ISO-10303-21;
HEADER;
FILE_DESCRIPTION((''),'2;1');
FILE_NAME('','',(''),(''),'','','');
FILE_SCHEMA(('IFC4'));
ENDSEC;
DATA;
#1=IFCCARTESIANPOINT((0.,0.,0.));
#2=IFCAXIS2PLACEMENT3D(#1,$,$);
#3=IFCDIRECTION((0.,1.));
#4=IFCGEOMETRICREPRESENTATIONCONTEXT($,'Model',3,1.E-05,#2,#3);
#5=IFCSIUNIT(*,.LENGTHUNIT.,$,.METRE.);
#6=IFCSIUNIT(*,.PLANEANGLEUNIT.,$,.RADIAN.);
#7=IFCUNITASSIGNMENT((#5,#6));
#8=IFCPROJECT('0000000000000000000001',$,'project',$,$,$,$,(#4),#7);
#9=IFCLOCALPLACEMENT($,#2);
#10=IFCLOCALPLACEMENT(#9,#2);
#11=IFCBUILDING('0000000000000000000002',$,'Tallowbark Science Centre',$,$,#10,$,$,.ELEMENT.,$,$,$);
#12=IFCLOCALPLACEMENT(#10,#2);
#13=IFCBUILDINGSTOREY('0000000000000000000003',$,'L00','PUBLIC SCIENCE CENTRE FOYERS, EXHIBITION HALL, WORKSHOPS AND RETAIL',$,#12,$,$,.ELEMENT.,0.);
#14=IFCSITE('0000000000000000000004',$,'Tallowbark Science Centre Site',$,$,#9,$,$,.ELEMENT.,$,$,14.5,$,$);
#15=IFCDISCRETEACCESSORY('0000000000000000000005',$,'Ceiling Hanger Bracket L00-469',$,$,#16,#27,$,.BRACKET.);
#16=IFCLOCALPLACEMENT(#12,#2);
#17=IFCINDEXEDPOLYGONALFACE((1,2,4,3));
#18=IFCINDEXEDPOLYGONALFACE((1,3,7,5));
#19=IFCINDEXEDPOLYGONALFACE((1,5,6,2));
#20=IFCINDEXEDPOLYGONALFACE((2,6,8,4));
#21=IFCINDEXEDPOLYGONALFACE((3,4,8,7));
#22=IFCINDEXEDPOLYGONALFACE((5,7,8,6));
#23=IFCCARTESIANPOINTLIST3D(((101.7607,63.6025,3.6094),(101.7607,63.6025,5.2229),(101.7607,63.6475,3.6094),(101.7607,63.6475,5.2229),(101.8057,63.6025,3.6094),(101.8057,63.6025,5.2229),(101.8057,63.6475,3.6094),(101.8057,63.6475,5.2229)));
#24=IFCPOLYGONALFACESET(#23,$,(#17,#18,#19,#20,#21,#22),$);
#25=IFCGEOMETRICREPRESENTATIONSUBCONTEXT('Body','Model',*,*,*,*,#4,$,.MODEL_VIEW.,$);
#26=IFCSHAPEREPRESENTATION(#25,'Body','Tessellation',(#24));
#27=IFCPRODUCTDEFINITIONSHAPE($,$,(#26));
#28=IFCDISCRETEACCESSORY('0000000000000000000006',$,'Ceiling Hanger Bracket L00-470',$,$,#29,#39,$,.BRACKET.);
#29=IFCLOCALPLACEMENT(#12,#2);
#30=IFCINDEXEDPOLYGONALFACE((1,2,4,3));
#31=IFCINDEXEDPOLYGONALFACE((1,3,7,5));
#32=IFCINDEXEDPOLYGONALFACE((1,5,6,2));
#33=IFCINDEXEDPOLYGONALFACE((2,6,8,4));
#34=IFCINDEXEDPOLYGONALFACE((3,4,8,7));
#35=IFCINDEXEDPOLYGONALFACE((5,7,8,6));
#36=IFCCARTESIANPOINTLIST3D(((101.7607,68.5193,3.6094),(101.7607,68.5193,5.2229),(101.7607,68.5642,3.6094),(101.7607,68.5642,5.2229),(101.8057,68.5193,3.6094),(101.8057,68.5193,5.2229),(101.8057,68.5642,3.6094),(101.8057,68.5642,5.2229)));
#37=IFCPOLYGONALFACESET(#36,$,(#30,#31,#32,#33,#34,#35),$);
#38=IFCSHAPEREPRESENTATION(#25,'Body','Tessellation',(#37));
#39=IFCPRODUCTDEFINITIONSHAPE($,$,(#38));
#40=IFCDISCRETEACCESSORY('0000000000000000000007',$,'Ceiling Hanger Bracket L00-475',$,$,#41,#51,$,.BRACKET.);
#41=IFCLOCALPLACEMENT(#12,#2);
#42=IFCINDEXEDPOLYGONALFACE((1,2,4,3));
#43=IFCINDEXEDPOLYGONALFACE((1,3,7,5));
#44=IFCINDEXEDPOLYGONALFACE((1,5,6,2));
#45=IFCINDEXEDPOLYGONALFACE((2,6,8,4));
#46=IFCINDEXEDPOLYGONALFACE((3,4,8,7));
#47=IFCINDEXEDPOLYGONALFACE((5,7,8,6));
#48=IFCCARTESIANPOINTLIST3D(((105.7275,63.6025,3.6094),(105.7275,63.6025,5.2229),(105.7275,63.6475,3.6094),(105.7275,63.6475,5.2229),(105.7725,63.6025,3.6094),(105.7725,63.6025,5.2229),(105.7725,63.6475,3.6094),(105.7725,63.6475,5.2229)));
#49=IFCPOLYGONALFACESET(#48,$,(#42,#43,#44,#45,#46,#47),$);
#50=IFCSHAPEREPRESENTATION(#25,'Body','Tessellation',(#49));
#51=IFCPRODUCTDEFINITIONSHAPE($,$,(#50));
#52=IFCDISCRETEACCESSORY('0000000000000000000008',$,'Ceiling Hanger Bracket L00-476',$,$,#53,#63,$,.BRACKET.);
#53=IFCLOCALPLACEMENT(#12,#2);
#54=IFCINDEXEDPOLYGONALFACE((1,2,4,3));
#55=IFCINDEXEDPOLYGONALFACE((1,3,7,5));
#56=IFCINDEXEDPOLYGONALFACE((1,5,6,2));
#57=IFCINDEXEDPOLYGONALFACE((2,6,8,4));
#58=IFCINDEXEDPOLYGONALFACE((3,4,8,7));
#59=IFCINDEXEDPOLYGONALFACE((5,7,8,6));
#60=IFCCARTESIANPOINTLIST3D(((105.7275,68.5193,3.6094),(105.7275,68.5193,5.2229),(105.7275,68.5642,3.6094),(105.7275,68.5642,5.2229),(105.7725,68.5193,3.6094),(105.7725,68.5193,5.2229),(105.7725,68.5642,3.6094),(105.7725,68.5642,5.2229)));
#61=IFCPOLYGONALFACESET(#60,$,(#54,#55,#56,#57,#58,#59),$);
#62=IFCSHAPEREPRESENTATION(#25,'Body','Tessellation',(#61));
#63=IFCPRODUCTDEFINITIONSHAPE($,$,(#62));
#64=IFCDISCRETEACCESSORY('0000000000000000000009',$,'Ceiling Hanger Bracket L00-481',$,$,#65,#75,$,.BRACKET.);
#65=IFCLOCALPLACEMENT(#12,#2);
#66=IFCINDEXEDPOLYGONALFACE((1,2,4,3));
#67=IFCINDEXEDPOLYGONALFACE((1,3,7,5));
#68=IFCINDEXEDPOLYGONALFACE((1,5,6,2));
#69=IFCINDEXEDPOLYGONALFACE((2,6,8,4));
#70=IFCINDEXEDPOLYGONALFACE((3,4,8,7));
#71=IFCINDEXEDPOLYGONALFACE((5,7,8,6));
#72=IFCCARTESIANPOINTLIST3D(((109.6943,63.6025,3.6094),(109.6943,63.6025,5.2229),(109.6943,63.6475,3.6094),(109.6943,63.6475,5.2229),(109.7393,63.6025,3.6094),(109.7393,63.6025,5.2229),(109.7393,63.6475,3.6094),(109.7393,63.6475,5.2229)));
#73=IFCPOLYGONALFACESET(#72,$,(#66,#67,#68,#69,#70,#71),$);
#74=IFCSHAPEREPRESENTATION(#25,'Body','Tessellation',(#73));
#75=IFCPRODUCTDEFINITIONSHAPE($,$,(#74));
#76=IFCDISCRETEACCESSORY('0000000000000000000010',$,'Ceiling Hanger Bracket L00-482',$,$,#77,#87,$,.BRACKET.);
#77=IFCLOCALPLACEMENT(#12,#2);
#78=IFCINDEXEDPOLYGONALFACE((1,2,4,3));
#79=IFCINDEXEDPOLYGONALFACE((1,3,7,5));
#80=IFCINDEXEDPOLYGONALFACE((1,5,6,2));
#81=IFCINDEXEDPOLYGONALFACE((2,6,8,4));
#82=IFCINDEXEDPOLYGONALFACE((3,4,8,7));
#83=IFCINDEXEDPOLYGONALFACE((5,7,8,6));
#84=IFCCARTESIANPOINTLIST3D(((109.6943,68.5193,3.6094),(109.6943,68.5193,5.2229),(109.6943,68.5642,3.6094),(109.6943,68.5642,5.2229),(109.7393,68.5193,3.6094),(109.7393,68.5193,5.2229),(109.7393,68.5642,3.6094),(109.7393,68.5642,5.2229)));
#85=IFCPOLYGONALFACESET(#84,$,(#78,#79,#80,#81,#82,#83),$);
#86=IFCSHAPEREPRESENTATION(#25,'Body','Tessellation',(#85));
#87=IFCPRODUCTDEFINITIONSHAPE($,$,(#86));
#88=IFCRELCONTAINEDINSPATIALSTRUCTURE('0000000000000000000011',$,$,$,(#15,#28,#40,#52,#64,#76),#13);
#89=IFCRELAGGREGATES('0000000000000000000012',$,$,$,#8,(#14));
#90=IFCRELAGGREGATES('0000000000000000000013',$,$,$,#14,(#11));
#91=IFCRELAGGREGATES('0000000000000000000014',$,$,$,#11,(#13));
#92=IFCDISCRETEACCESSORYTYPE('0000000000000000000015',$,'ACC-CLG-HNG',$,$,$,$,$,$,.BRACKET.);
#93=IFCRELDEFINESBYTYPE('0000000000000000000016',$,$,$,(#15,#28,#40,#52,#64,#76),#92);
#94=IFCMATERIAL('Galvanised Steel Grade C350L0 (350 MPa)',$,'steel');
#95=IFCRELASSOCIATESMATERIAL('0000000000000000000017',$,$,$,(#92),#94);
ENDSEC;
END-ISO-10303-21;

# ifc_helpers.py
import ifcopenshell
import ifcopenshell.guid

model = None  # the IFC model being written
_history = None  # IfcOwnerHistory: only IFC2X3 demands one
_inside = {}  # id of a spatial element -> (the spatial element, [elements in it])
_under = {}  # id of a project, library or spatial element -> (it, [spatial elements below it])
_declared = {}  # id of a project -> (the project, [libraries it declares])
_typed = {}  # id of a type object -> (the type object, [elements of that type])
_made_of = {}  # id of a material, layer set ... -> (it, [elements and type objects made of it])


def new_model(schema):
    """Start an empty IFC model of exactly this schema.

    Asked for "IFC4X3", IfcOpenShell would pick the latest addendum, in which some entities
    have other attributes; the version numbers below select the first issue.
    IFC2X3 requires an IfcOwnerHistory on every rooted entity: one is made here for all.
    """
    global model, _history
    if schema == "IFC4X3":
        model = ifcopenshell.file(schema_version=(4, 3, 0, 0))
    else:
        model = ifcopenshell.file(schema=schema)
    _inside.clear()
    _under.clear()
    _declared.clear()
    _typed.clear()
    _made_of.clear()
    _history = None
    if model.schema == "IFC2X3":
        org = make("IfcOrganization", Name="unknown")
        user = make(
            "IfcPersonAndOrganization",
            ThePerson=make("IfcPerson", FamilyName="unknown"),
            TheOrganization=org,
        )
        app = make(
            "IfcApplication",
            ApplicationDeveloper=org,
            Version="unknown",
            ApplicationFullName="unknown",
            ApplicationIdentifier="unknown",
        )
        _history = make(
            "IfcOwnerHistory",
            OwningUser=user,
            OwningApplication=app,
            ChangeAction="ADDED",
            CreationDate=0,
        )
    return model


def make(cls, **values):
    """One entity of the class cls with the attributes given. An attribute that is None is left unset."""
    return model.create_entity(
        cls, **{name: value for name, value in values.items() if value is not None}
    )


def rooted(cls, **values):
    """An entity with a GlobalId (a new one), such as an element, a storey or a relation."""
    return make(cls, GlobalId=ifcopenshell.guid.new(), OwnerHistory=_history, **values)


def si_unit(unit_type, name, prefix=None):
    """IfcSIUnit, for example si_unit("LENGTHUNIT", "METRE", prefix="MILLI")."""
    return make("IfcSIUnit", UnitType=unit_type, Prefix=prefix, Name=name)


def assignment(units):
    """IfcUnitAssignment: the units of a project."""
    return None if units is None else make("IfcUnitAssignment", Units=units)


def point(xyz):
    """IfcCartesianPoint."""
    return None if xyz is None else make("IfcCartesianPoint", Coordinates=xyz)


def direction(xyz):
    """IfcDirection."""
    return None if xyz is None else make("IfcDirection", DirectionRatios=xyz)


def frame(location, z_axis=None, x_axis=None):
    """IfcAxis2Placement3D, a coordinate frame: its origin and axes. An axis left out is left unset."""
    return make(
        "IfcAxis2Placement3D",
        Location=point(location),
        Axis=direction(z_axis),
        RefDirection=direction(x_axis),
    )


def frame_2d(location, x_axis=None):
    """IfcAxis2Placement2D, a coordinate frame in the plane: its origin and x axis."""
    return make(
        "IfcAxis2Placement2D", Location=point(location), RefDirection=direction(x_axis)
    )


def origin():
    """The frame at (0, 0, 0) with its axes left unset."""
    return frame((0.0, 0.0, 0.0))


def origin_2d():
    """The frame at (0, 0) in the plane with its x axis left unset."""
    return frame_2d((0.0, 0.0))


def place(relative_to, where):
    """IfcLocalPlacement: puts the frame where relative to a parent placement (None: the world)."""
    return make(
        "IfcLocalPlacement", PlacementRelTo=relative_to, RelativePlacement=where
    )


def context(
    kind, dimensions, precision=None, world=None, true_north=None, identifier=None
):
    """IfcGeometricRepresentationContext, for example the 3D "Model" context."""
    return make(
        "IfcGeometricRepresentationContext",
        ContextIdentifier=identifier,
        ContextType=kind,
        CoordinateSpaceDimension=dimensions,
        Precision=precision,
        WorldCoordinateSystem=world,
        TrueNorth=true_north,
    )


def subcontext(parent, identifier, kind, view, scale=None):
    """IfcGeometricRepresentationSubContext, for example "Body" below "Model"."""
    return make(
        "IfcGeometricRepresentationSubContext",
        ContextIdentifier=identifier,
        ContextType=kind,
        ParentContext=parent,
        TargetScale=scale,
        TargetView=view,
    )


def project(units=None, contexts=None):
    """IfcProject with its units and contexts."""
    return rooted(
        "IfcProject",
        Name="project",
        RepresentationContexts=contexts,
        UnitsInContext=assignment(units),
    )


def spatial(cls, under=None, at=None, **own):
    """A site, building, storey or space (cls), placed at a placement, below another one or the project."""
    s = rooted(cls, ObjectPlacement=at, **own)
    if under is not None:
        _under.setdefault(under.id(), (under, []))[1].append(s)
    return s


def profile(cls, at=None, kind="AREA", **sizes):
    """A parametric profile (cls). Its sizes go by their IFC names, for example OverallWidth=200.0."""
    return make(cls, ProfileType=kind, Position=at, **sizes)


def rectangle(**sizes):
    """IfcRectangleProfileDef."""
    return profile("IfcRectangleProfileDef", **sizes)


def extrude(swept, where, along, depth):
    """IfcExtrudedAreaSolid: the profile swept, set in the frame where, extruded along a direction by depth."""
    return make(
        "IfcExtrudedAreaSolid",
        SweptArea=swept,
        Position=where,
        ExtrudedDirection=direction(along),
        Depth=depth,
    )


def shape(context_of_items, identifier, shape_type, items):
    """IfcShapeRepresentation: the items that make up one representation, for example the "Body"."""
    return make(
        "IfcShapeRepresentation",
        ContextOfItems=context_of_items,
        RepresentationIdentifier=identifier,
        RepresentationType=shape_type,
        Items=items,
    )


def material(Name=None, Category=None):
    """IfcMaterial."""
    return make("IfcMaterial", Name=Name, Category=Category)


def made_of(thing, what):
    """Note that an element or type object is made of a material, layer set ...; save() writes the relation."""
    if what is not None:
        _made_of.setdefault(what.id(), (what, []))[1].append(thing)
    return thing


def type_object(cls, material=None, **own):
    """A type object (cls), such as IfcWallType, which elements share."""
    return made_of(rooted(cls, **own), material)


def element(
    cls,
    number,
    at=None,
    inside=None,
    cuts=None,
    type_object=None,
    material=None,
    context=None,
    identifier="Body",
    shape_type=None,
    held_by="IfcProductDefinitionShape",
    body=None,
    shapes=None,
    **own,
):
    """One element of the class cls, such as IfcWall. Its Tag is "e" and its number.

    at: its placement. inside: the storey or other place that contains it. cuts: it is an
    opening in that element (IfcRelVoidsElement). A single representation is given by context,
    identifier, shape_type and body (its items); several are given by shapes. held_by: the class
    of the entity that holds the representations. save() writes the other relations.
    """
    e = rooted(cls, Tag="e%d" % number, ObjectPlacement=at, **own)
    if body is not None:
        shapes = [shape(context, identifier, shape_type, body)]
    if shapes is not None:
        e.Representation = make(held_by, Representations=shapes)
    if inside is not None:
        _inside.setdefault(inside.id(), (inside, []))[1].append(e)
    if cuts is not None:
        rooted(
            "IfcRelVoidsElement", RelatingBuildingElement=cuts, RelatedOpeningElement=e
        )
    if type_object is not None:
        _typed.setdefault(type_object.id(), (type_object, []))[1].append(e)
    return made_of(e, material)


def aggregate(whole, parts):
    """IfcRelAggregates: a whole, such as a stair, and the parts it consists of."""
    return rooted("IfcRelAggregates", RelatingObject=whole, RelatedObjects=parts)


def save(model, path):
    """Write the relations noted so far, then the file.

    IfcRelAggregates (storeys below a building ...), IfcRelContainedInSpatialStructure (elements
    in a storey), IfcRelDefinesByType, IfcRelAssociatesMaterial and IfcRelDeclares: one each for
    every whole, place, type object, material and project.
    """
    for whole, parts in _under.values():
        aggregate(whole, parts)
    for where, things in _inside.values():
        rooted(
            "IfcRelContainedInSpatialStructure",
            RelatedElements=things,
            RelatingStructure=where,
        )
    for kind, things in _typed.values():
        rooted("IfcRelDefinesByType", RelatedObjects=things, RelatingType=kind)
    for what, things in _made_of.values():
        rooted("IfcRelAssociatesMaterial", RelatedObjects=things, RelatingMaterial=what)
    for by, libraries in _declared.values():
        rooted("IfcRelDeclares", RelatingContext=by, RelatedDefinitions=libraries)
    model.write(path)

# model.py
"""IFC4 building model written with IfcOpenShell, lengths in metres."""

from ifc_helpers import new_model, si_unit, direction, frame, origin, origin_2d, place, context, subcontext, project, spatial, rectangle, extrude, material, type_object, element, save


model = new_model("IFC4")

# Units and contexts
model_context = context("Model", 3, precision=1e-05, world=origin(), true_north=direction((0.0, 1.0)))
body_context = subcontext(model_context, "Body", "Model", "MODEL_VIEW")
ifc_project = project(units=[si_unit("LENGTHUNIT", "METRE"), si_unit("PLANEANGLEUNIT", "RADIAN")], contexts=[model_context])

# Site, building, storey
site_placement = place(None, origin())
site = spatial("IfcSite", under=ifc_project, at=site_placement, Name="Tallowbark Science Centre Site", CompositionType="ELEMENT", RefElevation=14.5)
building_placement = place(site_placement, origin())
building = spatial("IfcBuilding", under=site, at=building_placement, Name="Tallowbark Science Centre", CompositionType="ELEMENT")
storey_placement = place(building_placement, origin())
storey = spatial("IfcBuildingStorey", under=building, at=storey_placement, Name="L00", Description="PUBLIC SCIENCE CENTRE FOYERS, EXHIBITION HALL, WORKSHOPS AND RETAIL", CompositionType="ELEMENT", Elevation=0.0)

# Discrete accessories
ifc_material_1 = material(Name="Galvanised Steel Grade C350L0 (350 MPa)", Category="steel")
discrete_accessory_type = type_object("IfcDiscreteAccessoryType", Name="ACC-CLG-HNG", PredefinedType="BRACKET", material=ifc_material_1)
for number, where, z_axis, x_axis, name in (
    (1, (101.7832, 63.625, 3.6094), (0.0, 0.0, 1.0), (1.0, 0.0, 0.0), "Ceiling Hanger Bracket L00-469"),
    (2, (101.7832, 68.5417, 3.6094), (0.0, 0.0, 1.0), (1.0, 0.0, 0.0), "Ceiling Hanger Bracket L00-470"),
    (3, (105.75, 63.625, 3.6094), (0.0, 0.0, 1.0), (1.0, 0.0, 0.0), "Ceiling Hanger Bracket L00-475"),
    (4, (105.75, 68.5417, 3.6094), (0.0, 0.0, 1.0), (1.0, 0.0, 0.0), "Ceiling Hanger Bracket L00-476"),
    (5, (109.7168, 63.625, 3.6094), (0.0, 0.0, 1.0), (1.0, 0.0, 0.0), "Ceiling Hanger Bracket L00-481"),
    (6, (109.7168, 68.5417, 3.6094), (0.0, 0.0, 1.0), (1.0, 0.0, 0.0), "Ceiling Hanger Bracket L00-482"),
):
    element("IfcDiscreteAccessory", number, at=place(storey_placement, frame(where, z_axis=z_axis, x_axis=x_axis)), inside=storey, type_object=discrete_accessory_type, Name=name, PredefinedType="BRACKET", context=body_context, shape_type="SweptSolid", body=[
        extrude(rectangle(XDim=0.0449, YDim=0.0449, at=origin_2d()), origin(), (0.0, 0.0, 1.0), 1.6135),
    ])

save(model, "model.ifc")
